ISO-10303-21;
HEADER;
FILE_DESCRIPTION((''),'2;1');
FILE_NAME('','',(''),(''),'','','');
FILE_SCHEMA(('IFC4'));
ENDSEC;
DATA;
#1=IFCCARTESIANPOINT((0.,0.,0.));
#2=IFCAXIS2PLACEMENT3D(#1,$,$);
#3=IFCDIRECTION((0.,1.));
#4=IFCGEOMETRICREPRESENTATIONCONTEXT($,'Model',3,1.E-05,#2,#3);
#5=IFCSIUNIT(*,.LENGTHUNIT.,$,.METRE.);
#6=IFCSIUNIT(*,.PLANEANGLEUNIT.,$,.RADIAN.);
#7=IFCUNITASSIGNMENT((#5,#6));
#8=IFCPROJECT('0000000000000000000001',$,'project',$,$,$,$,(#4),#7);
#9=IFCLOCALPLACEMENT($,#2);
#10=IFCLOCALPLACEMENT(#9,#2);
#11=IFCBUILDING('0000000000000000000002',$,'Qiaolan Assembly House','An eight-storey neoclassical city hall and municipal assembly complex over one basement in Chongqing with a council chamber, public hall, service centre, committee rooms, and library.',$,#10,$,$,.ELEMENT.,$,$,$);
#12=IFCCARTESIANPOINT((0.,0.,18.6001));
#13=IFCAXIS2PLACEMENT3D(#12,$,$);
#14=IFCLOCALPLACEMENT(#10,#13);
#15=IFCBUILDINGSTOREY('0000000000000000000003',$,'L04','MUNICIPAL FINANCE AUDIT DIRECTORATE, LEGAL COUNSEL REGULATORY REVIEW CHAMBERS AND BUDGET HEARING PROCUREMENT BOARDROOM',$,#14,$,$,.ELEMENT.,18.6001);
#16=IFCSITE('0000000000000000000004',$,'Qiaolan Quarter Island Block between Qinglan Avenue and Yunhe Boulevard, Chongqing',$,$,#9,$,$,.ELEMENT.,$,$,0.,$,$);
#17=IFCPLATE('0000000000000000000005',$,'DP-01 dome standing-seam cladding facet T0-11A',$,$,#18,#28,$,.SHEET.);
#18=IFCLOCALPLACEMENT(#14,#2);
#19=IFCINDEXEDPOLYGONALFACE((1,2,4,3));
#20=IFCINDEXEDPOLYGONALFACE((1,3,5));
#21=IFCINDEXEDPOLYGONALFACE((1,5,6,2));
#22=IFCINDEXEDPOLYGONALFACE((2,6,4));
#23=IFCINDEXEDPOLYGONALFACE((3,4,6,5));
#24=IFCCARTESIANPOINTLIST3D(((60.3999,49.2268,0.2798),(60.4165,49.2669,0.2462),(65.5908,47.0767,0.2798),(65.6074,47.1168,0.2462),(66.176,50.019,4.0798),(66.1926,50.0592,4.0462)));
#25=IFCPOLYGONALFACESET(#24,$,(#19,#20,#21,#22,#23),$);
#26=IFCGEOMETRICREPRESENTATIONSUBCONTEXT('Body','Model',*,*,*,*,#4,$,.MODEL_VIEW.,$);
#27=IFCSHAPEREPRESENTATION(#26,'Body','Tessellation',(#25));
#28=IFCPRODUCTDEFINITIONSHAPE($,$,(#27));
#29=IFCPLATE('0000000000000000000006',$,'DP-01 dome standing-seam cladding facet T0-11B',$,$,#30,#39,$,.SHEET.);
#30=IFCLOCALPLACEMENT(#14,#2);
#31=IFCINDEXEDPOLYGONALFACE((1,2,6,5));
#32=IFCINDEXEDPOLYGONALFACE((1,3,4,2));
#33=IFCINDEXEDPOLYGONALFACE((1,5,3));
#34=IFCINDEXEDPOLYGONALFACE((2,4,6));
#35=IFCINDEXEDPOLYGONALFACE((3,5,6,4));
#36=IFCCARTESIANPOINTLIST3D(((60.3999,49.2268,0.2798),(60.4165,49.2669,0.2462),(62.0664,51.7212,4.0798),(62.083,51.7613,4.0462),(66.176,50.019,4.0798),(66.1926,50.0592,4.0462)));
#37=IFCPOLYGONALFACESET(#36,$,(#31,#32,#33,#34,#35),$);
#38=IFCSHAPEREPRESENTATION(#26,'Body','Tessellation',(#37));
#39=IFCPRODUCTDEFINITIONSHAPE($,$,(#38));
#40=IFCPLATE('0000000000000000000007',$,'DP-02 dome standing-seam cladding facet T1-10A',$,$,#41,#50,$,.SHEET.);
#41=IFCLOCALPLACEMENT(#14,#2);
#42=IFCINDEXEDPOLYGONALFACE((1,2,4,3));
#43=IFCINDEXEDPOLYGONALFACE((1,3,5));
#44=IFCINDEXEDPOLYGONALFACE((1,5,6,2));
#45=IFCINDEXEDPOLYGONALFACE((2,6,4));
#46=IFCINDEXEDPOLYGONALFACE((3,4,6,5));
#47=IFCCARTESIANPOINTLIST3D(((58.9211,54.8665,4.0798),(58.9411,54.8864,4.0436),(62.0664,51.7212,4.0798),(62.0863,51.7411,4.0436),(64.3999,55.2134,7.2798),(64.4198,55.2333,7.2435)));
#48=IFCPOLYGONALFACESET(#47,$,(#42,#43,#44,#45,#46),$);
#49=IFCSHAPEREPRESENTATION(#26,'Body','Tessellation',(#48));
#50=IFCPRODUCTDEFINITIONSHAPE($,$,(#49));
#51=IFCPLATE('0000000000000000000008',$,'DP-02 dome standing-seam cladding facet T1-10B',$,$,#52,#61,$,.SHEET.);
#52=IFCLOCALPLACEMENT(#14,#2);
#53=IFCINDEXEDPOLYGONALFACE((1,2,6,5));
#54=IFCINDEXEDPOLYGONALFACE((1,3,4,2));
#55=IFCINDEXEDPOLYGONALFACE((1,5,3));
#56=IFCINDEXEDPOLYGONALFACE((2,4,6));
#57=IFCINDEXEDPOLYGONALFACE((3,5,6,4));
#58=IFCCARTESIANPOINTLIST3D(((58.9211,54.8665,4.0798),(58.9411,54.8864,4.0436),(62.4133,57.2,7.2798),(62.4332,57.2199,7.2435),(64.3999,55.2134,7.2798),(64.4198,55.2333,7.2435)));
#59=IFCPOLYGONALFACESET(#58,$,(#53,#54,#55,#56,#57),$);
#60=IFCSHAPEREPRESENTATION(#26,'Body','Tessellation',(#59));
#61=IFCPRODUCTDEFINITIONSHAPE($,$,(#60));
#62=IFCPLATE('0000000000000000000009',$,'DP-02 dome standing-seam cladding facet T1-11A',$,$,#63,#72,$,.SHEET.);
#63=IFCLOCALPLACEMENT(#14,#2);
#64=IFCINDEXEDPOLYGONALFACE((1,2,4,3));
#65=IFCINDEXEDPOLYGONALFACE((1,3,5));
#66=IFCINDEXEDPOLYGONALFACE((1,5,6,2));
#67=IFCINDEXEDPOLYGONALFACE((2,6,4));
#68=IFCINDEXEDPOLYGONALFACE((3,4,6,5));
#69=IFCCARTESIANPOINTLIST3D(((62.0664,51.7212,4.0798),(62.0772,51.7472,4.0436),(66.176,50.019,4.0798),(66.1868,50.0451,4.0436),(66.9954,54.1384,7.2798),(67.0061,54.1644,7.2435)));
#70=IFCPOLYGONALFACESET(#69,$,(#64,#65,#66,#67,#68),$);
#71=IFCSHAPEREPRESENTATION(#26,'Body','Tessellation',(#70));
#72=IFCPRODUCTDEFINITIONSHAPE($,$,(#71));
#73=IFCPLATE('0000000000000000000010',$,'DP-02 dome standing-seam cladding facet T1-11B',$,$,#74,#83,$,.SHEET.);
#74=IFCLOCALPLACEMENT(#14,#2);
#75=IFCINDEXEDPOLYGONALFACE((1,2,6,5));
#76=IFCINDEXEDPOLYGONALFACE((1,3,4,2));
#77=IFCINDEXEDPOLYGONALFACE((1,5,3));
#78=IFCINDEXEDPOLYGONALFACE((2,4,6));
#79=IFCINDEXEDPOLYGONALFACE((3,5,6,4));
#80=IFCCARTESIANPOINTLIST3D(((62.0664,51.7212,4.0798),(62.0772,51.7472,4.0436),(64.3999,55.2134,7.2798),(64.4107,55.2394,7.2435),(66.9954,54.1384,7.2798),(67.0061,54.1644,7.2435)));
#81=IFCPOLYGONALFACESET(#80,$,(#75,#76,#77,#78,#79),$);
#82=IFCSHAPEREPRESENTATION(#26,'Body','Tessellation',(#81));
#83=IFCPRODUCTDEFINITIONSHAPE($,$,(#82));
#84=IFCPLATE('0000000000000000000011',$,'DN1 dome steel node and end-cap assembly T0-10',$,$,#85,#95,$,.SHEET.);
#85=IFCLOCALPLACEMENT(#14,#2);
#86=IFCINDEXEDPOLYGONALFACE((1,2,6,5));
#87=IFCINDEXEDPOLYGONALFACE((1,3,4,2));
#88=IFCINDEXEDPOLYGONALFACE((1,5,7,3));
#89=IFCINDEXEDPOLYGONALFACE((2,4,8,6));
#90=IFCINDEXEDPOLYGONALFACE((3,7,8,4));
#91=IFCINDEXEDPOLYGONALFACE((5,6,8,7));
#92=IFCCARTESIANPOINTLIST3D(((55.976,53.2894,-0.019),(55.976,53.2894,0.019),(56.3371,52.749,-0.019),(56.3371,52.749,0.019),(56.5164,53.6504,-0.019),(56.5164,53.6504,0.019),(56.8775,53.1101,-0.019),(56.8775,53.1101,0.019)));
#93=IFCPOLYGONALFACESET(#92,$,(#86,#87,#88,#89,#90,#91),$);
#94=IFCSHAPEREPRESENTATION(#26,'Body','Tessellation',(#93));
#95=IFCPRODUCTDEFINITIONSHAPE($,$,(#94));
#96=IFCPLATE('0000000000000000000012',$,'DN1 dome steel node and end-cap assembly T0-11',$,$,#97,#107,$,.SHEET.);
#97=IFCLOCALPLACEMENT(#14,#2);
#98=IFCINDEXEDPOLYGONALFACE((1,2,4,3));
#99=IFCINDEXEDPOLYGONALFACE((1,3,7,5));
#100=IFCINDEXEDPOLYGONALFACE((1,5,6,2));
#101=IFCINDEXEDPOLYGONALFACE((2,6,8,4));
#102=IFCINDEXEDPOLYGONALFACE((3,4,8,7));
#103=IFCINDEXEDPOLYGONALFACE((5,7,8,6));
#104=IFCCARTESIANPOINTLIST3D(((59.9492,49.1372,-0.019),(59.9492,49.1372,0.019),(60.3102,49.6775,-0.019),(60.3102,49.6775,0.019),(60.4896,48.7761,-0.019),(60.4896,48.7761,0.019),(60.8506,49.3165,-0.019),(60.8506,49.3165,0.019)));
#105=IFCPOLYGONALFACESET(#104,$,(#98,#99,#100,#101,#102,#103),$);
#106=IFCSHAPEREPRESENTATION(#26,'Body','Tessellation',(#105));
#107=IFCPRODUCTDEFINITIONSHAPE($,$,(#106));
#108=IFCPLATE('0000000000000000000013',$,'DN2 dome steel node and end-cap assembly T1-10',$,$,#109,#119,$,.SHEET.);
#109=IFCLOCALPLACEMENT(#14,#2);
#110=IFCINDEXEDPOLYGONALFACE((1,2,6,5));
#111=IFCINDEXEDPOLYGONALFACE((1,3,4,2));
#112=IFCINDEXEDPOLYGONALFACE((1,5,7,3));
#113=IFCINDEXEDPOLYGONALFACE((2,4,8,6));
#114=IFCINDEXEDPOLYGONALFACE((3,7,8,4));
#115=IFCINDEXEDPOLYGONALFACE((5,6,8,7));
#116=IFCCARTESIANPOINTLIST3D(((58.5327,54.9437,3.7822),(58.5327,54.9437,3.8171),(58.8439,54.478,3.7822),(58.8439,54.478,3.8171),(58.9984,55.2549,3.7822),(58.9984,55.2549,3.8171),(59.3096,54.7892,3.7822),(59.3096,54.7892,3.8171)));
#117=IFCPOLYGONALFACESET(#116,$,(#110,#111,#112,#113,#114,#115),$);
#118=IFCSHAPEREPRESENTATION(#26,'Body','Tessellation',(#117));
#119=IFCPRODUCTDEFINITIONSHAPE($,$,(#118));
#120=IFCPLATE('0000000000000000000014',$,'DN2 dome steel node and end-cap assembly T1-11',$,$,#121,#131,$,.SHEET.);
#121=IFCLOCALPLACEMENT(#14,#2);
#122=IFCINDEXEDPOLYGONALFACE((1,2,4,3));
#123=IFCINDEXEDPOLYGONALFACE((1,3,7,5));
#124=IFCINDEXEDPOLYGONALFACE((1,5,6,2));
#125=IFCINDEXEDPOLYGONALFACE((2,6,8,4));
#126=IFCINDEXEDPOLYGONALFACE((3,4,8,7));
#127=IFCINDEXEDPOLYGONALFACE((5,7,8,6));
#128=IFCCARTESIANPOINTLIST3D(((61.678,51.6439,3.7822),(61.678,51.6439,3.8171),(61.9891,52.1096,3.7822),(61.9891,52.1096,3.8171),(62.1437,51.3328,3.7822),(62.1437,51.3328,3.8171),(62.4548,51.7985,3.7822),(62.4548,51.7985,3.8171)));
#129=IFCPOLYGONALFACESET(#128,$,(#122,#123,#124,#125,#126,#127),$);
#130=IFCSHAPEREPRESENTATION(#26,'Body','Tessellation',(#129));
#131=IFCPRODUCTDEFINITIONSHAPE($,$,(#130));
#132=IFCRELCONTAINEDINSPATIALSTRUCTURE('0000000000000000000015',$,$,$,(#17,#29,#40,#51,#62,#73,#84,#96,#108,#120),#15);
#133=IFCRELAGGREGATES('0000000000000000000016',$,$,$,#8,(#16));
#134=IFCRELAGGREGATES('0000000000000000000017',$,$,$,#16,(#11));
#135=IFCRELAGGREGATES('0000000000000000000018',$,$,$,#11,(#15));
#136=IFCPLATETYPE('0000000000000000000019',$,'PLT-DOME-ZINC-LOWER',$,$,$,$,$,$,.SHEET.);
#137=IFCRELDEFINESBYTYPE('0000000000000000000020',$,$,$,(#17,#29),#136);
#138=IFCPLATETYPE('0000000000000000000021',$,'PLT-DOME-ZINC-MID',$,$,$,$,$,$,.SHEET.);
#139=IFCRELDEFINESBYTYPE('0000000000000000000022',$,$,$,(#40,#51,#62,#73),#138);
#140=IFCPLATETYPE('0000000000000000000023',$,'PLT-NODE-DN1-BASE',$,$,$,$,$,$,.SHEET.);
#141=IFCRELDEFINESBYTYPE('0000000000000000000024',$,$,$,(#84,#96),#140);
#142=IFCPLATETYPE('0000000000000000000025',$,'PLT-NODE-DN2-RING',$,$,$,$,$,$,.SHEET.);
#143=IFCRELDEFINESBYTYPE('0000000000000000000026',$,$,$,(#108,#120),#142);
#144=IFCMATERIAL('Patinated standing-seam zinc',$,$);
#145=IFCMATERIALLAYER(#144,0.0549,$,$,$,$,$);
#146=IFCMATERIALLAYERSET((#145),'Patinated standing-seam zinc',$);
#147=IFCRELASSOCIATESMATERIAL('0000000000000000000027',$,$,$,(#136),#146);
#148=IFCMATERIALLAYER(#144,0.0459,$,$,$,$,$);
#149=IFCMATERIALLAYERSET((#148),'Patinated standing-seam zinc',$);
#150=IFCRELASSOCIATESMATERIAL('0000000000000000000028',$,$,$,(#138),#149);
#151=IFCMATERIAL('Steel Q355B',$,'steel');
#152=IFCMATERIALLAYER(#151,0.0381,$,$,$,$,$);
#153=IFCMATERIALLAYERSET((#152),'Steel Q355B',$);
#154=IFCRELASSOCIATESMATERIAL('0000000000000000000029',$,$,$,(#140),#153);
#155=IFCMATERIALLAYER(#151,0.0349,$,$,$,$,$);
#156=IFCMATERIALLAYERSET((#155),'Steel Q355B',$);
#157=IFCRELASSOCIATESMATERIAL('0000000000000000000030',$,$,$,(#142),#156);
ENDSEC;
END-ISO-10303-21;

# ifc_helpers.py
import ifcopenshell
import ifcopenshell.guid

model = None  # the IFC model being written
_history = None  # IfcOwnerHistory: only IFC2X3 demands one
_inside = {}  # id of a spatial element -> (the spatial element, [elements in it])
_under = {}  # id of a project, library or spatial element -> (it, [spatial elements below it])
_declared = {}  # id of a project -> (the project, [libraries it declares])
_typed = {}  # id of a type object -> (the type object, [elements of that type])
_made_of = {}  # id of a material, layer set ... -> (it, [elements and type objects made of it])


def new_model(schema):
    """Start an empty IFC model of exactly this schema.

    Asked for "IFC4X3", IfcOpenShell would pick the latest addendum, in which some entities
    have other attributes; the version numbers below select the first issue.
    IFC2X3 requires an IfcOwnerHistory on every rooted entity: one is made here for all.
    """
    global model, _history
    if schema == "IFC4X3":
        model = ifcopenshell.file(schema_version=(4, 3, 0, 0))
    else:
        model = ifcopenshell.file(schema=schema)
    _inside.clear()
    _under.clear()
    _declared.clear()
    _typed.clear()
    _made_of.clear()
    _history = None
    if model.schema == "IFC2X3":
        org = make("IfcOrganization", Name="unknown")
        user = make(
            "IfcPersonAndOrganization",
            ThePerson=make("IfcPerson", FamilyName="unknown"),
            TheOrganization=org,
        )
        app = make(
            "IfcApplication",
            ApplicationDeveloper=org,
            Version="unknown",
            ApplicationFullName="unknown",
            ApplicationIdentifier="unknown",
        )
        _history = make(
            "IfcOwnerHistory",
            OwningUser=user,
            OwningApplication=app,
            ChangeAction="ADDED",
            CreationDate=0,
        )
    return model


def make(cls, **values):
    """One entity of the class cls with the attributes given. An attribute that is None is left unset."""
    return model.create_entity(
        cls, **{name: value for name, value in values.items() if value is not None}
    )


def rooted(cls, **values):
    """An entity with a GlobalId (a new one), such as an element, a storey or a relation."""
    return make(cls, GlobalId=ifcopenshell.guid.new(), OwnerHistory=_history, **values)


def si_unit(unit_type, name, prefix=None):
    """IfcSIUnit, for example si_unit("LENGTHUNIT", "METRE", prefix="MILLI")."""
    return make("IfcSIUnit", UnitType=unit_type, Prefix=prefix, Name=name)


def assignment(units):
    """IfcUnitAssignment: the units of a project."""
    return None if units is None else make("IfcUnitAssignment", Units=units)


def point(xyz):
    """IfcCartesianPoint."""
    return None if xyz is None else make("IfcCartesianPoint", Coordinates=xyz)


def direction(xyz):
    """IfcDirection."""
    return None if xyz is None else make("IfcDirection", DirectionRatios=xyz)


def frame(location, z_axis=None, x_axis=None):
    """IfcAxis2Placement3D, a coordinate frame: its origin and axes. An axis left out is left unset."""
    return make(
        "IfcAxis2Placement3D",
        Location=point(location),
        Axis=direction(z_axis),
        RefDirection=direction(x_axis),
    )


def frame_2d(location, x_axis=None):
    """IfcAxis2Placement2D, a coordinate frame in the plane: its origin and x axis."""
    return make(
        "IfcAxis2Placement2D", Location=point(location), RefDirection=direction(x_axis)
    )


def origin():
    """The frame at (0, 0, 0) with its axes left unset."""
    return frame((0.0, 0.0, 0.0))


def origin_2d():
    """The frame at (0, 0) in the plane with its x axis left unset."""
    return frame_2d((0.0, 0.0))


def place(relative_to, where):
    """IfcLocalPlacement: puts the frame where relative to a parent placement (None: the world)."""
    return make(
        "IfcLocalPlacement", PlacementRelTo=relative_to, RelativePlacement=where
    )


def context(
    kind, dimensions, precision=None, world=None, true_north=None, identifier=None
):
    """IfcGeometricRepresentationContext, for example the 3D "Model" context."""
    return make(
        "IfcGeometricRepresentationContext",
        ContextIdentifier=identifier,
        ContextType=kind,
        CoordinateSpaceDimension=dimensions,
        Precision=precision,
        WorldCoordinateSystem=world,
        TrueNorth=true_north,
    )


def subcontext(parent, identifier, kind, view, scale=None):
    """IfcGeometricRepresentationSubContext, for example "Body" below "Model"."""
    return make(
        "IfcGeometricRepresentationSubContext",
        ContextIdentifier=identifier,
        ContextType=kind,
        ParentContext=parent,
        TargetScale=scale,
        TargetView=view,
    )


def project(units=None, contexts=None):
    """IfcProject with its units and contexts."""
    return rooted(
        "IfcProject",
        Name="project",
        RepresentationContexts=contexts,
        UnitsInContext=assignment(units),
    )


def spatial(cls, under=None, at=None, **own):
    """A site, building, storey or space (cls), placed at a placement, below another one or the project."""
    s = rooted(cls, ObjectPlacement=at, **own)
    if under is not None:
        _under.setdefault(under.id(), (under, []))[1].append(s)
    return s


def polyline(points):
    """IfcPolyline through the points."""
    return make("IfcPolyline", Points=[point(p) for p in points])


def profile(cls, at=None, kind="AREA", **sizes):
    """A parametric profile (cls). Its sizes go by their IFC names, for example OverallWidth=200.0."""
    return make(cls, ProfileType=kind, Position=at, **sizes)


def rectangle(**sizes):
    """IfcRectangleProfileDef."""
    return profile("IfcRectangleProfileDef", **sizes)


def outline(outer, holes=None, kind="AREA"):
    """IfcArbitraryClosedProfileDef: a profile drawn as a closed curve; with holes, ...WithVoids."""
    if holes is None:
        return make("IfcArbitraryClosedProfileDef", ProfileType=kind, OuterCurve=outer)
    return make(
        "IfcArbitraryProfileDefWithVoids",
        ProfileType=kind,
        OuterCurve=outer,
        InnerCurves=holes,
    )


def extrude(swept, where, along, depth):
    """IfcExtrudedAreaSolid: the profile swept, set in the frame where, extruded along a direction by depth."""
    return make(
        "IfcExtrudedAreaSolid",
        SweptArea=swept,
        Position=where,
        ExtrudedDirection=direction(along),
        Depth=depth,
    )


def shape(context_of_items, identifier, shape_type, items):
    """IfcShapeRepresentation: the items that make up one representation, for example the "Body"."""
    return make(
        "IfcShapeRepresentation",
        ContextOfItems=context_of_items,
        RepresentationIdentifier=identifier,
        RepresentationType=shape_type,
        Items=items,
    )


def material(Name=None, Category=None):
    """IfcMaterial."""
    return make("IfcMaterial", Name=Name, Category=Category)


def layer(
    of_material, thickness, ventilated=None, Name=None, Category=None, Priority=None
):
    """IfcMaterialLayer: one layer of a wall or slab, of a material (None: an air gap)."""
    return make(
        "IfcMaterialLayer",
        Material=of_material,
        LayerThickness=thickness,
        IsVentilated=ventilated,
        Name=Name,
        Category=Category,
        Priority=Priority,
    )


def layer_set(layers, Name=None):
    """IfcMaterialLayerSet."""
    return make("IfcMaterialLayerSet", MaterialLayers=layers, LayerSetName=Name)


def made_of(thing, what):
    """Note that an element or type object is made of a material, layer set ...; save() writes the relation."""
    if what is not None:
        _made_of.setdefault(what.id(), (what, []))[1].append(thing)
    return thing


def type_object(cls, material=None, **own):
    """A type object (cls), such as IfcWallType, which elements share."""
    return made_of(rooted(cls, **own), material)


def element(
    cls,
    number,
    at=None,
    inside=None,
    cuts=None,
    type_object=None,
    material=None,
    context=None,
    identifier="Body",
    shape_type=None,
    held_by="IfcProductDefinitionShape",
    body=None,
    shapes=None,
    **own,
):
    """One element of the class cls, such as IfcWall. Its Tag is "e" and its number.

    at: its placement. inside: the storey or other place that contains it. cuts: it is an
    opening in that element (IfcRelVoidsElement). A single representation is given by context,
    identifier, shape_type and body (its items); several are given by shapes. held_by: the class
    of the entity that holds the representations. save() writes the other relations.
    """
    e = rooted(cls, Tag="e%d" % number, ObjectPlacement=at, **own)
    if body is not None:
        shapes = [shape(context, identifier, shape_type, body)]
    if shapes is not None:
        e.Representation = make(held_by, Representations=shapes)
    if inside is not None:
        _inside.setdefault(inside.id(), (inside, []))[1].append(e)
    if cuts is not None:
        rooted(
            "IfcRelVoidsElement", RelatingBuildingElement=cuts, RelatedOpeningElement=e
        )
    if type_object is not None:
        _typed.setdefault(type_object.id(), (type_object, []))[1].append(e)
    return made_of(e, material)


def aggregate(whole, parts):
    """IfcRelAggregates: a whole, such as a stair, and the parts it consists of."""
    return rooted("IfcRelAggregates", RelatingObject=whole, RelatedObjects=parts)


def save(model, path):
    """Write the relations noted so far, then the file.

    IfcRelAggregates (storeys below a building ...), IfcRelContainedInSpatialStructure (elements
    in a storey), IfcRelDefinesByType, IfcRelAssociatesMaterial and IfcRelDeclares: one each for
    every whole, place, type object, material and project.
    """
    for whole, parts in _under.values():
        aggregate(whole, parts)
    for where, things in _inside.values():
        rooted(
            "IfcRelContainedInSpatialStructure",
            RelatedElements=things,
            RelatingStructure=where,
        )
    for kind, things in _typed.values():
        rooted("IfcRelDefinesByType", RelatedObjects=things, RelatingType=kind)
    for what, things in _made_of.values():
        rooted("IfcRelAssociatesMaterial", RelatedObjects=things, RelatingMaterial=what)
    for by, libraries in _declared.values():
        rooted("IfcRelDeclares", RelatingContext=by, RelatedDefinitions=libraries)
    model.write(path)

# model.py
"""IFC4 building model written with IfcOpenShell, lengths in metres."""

from ifc_helpers import new_model, si_unit, direction, frame, origin, origin_2d, place, context, subcontext, project, spatial, polyline, rectangle, outline, extrude, material, layer, layer_set, type_object, element, save


model = new_model("IFC4")

# Units and contexts
model_context = context("Model", 3, precision=1e-05, world=origin(), true_north=direction((0.0, 1.0)))
body_context = subcontext(model_context, "Body", "Model", "MODEL_VIEW")
ifc_project = project(units=[si_unit("LENGTHUNIT", "METRE"), si_unit("PLANEANGLEUNIT", "RADIAN")], contexts=[model_context])

# Site, building, storey
site_placement = place(None, origin())
site = spatial("IfcSite", under=ifc_project, at=site_placement, Name="Qiaolan Quarter Island Block between Qinglan Avenue and Yunhe Boulevard, Chongqing", CompositionType="ELEMENT", RefElevation=0.0)
building_placement = place(site_placement, origin())
building = spatial("IfcBuilding", under=site, at=building_placement, Name="Qiaolan Assembly House", Description="An eight-storey neoclassical city hall and municipal assembly complex over one basement in Chongqing with a council chamber, public hall, service centre, committee rooms, and library.", CompositionType="ELEMENT")
storey_placement = place(building_placement, frame((0.0, 0.0, 18.6001)))
storey = spatial("IfcBuildingStorey", under=building, at=storey_placement, Name="L04", Description="MUNICIPAL FINANCE AUDIT DIRECTORATE, LEGAL COUNSEL REGULATORY REVIEW CHAMBERS AND BUDGET HEARING PROCUREMENT BOARDROOM", CompositionType="ELEMENT", Elevation=18.6001)

# Shared definitions
ifc_material_1 = material(Name="Steel Q355B", Category="steel")

# Plates
ifc_material_2 = material(Name="Patinated standing-seam zinc")
ifc_layer_1 = layer(ifc_material_2, 0.0549)
ifc_layer_set_1 = layer_set([ifc_layer_1], Name="Patinated standing-seam zinc")
plate_type_1 = type_object("IfcPlateType", Name="PLT-DOME-ZINC-LOWER", PredefinedType="SHEET", material=ifc_layer_set_1)
plate_1_placement = place(storey_placement, frame((60.3999, 49.2268, 0.2798), z_axis=(-0.302582, -0.730498, 0.612223), x_axis=(0.92388, -0.382683, 0.0)))
element("IfcPlate", 1, at=plate_1_placement, inside=storey, type_object=plate_type_1, Name="DP-01 dome standing-seam cladding facet T0-11A", PredefinedType="SHEET", context=body_context, shape_type="SweptSolid", body=[
    extrude(outline(polyline([(0.0, 0.0), (5.6186, 0.0), (5.0333, 4.806), (0.0, 0.0)])), origin(), (0.0, 0.0, -1.0), 0.0549),
])
plate_2_placement = place(storey_placement, frame((60.3999, 49.2268, 0.2798), z_axis=(-0.30257, -0.730516, 0.612208), x_axis=(0.829988, 0.113839, 0.54604)))
element("IfcPlate", 2, at=plate_2_placement, inside=storey, type_object=plate_type_1, Name="DP-01 dome standing-seam cladding facet T0-11B", PredefinedType="SHEET", context=body_context, shape_type="SweptSolid", body=[
    extrude(outline(polyline([(0.0, 0.0), (6.9593, 0.0), (3.7421, 3.0718), (0.0, 0.0)])), origin(), (0.0, 0.0, -1.0), 0.0549),
])
ifc_layer_2 = layer(ifc_material_2, 0.0459)
ifc_layer_set_2 = layer_set([ifc_layer_2], Name="Patinated standing-seam zinc")
plate_type_2 = type_object("IfcPlateType", Name="PLT-DOME-ZINC-MID", PredefinedType="SHEET", material=ifc_layer_set_2)
plate_3_placement = place(storey_placement, frame((58.9211, 54.8665, 4.0798), z_axis=(-0.433783, -0.433783, 0.789725), x_axis=(0.707107, -0.707107, 0.0)))
element("IfcPlate", 3, at=plate_3_placement, inside=storey, type_object=plate_type_2, Name="DP-02 dome standing-seam cladding facet T1-10A", PredefinedType="SHEET", context=body_context, shape_type="SweptSolid", body=[
    extrude(outline(polyline([(0.0, 0.0), (4.4481, 0.0), (3.6288, 5.2162), (0.0, 0.0)])), origin(), (0.0, 0.0, -1.0), 0.0459),
])
plate_4_placement = place(storey_placement, frame((58.9211, 54.8665, 4.0798), z_axis=(-0.433783, -0.433783, 0.789725), x_axis=(0.862216, 0.054597, 0.50359)))
element("IfcPlate", 4, at=plate_4_placement, inside=storey, type_object=plate_type_2, Name="DP-02 dome standing-seam cladding facet T1-10B", PredefinedType="SHEET", context=body_context, shape_type="SweptSolid", body=[
    extrude(outline(polyline([(0.0, 0.0), (6.3543, 0.0), (4.7499, 2.3063), (0.0, 0.0)])), origin(), (0.0, 0.0, -1.0), 0.0459),
])
plate_5_placement = place(storey_placement, frame((62.0664, 51.7212, 4.0798), z_axis=(-0.234748, -0.56677, 0.789725), x_axis=(0.923888, -0.382662, 0.0)))
element("IfcPlate", 5, at=plate_5_placement, inside=storey, type_object=plate_type_2, Name="DP-02 dome standing-seam cladding facet T1-11A", PredefinedType="SHEET", context=body_context, shape_type="SweptSolid", body=[
    extrude(outline(polyline([(0.0, 0.0), (4.4482, 0.0), (3.6288, 5.2162), (0.0, 0.0)])), origin(), (0.0, 0.0, -1.0), 0.0459),
])
plate_6_placement = place(storey_placement, frame((62.0664, 51.7212, 4.0798), z_axis=(-0.234741, -0.566779, 0.78972), x_axis=(0.775686, 0.380409, 0.503587)))
element("IfcPlate", 6, at=plate_6_placement, inside=storey, type_object=plate_type_2, Name="DP-02 dome standing-seam cladding facet T1-11B", PredefinedType="SHEET", context=body_context, shape_type="SweptSolid", body=[
    extrude(outline(polyline([(0.0, 0.0), (6.3543, 0.0), (4.75, 2.3061), (0.0, 0.0)])), origin(), (0.0, 0.0, -1.0), 0.0459),
])
ifc_layer_3 = layer(ifc_material_1, 0.0381)
ifc_layer_set_3 = layer_set([ifc_layer_3], Name="Steel Q355B")
plate_type_3 = type_object("IfcPlateType", Name="PLT-NODE-DN1-BASE", PredefinedType="SHEET", material=ifc_layer_set_3)
for number, where, z_axis, x_axis, name in (
    (7, (56.4268, 53.1997, -0.019), (0.0, 0.0, 1.0), (-0.83147, -0.55557, 0.0), "DN1 dome steel node and end-cap assembly T0-10"),
    (8, (60.3999, 49.2268, -0.019), (0.0, 0.0, 1.0), (-0.55557, -0.83147, 0.0), "DN1 dome steel node and end-cap assembly T0-11"),
):
    element("IfcPlate", number, at=place(storey_placement, frame(where, z_axis=z_axis, x_axis=x_axis)), inside=storey, type_object=plate_type_3, Name=name, PredefinedType="SHEET", context=body_context, shape_type="SweptSolid", body=[
        extrude(rectangle(XDim=0.6499, YDim=0.6499, at=origin_2d()), origin(), (0.0, 0.0, 1.0), 0.0381),
    ])
ifc_layer_4 = layer(ifc_material_1, 0.0349)
ifc_layer_set_4 = layer_set([ifc_layer_4], Name="Steel Q355B")
plate_type_4 = type_object("IfcPlateType", Name="PLT-NODE-DN2-RING", PredefinedType="SHEET", material=ifc_layer_set_4)
for number, where, z_axis, x_axis, name in (
    (9, (58.9211, 54.8665, 3.7822), (0.0, 0.0, 1.0), (-0.83147, -0.55557, 0.0), "DN2 dome steel node and end-cap assembly T1-10"),
    (10, (62.0664, 51.7212, 3.7822), (0.0, 0.0, 1.0), (-0.55557, -0.83147, 0.0), "DN2 dome steel node and end-cap assembly T1-11"),
):
    element("IfcPlate", number, at=place(storey_placement, frame(where, z_axis=z_axis, x_axis=x_axis)), inside=storey, type_object=plate_type_4, Name=name, PredefinedType="SHEET", context=body_context, shape_type="SweptSolid", body=[
        extrude(rectangle(XDim=0.5601, YDim=0.5601, at=origin_2d()), origin(), (0.0, 0.0, 1.0), 0.0349),
    ])

save(model, "model.ifc")
